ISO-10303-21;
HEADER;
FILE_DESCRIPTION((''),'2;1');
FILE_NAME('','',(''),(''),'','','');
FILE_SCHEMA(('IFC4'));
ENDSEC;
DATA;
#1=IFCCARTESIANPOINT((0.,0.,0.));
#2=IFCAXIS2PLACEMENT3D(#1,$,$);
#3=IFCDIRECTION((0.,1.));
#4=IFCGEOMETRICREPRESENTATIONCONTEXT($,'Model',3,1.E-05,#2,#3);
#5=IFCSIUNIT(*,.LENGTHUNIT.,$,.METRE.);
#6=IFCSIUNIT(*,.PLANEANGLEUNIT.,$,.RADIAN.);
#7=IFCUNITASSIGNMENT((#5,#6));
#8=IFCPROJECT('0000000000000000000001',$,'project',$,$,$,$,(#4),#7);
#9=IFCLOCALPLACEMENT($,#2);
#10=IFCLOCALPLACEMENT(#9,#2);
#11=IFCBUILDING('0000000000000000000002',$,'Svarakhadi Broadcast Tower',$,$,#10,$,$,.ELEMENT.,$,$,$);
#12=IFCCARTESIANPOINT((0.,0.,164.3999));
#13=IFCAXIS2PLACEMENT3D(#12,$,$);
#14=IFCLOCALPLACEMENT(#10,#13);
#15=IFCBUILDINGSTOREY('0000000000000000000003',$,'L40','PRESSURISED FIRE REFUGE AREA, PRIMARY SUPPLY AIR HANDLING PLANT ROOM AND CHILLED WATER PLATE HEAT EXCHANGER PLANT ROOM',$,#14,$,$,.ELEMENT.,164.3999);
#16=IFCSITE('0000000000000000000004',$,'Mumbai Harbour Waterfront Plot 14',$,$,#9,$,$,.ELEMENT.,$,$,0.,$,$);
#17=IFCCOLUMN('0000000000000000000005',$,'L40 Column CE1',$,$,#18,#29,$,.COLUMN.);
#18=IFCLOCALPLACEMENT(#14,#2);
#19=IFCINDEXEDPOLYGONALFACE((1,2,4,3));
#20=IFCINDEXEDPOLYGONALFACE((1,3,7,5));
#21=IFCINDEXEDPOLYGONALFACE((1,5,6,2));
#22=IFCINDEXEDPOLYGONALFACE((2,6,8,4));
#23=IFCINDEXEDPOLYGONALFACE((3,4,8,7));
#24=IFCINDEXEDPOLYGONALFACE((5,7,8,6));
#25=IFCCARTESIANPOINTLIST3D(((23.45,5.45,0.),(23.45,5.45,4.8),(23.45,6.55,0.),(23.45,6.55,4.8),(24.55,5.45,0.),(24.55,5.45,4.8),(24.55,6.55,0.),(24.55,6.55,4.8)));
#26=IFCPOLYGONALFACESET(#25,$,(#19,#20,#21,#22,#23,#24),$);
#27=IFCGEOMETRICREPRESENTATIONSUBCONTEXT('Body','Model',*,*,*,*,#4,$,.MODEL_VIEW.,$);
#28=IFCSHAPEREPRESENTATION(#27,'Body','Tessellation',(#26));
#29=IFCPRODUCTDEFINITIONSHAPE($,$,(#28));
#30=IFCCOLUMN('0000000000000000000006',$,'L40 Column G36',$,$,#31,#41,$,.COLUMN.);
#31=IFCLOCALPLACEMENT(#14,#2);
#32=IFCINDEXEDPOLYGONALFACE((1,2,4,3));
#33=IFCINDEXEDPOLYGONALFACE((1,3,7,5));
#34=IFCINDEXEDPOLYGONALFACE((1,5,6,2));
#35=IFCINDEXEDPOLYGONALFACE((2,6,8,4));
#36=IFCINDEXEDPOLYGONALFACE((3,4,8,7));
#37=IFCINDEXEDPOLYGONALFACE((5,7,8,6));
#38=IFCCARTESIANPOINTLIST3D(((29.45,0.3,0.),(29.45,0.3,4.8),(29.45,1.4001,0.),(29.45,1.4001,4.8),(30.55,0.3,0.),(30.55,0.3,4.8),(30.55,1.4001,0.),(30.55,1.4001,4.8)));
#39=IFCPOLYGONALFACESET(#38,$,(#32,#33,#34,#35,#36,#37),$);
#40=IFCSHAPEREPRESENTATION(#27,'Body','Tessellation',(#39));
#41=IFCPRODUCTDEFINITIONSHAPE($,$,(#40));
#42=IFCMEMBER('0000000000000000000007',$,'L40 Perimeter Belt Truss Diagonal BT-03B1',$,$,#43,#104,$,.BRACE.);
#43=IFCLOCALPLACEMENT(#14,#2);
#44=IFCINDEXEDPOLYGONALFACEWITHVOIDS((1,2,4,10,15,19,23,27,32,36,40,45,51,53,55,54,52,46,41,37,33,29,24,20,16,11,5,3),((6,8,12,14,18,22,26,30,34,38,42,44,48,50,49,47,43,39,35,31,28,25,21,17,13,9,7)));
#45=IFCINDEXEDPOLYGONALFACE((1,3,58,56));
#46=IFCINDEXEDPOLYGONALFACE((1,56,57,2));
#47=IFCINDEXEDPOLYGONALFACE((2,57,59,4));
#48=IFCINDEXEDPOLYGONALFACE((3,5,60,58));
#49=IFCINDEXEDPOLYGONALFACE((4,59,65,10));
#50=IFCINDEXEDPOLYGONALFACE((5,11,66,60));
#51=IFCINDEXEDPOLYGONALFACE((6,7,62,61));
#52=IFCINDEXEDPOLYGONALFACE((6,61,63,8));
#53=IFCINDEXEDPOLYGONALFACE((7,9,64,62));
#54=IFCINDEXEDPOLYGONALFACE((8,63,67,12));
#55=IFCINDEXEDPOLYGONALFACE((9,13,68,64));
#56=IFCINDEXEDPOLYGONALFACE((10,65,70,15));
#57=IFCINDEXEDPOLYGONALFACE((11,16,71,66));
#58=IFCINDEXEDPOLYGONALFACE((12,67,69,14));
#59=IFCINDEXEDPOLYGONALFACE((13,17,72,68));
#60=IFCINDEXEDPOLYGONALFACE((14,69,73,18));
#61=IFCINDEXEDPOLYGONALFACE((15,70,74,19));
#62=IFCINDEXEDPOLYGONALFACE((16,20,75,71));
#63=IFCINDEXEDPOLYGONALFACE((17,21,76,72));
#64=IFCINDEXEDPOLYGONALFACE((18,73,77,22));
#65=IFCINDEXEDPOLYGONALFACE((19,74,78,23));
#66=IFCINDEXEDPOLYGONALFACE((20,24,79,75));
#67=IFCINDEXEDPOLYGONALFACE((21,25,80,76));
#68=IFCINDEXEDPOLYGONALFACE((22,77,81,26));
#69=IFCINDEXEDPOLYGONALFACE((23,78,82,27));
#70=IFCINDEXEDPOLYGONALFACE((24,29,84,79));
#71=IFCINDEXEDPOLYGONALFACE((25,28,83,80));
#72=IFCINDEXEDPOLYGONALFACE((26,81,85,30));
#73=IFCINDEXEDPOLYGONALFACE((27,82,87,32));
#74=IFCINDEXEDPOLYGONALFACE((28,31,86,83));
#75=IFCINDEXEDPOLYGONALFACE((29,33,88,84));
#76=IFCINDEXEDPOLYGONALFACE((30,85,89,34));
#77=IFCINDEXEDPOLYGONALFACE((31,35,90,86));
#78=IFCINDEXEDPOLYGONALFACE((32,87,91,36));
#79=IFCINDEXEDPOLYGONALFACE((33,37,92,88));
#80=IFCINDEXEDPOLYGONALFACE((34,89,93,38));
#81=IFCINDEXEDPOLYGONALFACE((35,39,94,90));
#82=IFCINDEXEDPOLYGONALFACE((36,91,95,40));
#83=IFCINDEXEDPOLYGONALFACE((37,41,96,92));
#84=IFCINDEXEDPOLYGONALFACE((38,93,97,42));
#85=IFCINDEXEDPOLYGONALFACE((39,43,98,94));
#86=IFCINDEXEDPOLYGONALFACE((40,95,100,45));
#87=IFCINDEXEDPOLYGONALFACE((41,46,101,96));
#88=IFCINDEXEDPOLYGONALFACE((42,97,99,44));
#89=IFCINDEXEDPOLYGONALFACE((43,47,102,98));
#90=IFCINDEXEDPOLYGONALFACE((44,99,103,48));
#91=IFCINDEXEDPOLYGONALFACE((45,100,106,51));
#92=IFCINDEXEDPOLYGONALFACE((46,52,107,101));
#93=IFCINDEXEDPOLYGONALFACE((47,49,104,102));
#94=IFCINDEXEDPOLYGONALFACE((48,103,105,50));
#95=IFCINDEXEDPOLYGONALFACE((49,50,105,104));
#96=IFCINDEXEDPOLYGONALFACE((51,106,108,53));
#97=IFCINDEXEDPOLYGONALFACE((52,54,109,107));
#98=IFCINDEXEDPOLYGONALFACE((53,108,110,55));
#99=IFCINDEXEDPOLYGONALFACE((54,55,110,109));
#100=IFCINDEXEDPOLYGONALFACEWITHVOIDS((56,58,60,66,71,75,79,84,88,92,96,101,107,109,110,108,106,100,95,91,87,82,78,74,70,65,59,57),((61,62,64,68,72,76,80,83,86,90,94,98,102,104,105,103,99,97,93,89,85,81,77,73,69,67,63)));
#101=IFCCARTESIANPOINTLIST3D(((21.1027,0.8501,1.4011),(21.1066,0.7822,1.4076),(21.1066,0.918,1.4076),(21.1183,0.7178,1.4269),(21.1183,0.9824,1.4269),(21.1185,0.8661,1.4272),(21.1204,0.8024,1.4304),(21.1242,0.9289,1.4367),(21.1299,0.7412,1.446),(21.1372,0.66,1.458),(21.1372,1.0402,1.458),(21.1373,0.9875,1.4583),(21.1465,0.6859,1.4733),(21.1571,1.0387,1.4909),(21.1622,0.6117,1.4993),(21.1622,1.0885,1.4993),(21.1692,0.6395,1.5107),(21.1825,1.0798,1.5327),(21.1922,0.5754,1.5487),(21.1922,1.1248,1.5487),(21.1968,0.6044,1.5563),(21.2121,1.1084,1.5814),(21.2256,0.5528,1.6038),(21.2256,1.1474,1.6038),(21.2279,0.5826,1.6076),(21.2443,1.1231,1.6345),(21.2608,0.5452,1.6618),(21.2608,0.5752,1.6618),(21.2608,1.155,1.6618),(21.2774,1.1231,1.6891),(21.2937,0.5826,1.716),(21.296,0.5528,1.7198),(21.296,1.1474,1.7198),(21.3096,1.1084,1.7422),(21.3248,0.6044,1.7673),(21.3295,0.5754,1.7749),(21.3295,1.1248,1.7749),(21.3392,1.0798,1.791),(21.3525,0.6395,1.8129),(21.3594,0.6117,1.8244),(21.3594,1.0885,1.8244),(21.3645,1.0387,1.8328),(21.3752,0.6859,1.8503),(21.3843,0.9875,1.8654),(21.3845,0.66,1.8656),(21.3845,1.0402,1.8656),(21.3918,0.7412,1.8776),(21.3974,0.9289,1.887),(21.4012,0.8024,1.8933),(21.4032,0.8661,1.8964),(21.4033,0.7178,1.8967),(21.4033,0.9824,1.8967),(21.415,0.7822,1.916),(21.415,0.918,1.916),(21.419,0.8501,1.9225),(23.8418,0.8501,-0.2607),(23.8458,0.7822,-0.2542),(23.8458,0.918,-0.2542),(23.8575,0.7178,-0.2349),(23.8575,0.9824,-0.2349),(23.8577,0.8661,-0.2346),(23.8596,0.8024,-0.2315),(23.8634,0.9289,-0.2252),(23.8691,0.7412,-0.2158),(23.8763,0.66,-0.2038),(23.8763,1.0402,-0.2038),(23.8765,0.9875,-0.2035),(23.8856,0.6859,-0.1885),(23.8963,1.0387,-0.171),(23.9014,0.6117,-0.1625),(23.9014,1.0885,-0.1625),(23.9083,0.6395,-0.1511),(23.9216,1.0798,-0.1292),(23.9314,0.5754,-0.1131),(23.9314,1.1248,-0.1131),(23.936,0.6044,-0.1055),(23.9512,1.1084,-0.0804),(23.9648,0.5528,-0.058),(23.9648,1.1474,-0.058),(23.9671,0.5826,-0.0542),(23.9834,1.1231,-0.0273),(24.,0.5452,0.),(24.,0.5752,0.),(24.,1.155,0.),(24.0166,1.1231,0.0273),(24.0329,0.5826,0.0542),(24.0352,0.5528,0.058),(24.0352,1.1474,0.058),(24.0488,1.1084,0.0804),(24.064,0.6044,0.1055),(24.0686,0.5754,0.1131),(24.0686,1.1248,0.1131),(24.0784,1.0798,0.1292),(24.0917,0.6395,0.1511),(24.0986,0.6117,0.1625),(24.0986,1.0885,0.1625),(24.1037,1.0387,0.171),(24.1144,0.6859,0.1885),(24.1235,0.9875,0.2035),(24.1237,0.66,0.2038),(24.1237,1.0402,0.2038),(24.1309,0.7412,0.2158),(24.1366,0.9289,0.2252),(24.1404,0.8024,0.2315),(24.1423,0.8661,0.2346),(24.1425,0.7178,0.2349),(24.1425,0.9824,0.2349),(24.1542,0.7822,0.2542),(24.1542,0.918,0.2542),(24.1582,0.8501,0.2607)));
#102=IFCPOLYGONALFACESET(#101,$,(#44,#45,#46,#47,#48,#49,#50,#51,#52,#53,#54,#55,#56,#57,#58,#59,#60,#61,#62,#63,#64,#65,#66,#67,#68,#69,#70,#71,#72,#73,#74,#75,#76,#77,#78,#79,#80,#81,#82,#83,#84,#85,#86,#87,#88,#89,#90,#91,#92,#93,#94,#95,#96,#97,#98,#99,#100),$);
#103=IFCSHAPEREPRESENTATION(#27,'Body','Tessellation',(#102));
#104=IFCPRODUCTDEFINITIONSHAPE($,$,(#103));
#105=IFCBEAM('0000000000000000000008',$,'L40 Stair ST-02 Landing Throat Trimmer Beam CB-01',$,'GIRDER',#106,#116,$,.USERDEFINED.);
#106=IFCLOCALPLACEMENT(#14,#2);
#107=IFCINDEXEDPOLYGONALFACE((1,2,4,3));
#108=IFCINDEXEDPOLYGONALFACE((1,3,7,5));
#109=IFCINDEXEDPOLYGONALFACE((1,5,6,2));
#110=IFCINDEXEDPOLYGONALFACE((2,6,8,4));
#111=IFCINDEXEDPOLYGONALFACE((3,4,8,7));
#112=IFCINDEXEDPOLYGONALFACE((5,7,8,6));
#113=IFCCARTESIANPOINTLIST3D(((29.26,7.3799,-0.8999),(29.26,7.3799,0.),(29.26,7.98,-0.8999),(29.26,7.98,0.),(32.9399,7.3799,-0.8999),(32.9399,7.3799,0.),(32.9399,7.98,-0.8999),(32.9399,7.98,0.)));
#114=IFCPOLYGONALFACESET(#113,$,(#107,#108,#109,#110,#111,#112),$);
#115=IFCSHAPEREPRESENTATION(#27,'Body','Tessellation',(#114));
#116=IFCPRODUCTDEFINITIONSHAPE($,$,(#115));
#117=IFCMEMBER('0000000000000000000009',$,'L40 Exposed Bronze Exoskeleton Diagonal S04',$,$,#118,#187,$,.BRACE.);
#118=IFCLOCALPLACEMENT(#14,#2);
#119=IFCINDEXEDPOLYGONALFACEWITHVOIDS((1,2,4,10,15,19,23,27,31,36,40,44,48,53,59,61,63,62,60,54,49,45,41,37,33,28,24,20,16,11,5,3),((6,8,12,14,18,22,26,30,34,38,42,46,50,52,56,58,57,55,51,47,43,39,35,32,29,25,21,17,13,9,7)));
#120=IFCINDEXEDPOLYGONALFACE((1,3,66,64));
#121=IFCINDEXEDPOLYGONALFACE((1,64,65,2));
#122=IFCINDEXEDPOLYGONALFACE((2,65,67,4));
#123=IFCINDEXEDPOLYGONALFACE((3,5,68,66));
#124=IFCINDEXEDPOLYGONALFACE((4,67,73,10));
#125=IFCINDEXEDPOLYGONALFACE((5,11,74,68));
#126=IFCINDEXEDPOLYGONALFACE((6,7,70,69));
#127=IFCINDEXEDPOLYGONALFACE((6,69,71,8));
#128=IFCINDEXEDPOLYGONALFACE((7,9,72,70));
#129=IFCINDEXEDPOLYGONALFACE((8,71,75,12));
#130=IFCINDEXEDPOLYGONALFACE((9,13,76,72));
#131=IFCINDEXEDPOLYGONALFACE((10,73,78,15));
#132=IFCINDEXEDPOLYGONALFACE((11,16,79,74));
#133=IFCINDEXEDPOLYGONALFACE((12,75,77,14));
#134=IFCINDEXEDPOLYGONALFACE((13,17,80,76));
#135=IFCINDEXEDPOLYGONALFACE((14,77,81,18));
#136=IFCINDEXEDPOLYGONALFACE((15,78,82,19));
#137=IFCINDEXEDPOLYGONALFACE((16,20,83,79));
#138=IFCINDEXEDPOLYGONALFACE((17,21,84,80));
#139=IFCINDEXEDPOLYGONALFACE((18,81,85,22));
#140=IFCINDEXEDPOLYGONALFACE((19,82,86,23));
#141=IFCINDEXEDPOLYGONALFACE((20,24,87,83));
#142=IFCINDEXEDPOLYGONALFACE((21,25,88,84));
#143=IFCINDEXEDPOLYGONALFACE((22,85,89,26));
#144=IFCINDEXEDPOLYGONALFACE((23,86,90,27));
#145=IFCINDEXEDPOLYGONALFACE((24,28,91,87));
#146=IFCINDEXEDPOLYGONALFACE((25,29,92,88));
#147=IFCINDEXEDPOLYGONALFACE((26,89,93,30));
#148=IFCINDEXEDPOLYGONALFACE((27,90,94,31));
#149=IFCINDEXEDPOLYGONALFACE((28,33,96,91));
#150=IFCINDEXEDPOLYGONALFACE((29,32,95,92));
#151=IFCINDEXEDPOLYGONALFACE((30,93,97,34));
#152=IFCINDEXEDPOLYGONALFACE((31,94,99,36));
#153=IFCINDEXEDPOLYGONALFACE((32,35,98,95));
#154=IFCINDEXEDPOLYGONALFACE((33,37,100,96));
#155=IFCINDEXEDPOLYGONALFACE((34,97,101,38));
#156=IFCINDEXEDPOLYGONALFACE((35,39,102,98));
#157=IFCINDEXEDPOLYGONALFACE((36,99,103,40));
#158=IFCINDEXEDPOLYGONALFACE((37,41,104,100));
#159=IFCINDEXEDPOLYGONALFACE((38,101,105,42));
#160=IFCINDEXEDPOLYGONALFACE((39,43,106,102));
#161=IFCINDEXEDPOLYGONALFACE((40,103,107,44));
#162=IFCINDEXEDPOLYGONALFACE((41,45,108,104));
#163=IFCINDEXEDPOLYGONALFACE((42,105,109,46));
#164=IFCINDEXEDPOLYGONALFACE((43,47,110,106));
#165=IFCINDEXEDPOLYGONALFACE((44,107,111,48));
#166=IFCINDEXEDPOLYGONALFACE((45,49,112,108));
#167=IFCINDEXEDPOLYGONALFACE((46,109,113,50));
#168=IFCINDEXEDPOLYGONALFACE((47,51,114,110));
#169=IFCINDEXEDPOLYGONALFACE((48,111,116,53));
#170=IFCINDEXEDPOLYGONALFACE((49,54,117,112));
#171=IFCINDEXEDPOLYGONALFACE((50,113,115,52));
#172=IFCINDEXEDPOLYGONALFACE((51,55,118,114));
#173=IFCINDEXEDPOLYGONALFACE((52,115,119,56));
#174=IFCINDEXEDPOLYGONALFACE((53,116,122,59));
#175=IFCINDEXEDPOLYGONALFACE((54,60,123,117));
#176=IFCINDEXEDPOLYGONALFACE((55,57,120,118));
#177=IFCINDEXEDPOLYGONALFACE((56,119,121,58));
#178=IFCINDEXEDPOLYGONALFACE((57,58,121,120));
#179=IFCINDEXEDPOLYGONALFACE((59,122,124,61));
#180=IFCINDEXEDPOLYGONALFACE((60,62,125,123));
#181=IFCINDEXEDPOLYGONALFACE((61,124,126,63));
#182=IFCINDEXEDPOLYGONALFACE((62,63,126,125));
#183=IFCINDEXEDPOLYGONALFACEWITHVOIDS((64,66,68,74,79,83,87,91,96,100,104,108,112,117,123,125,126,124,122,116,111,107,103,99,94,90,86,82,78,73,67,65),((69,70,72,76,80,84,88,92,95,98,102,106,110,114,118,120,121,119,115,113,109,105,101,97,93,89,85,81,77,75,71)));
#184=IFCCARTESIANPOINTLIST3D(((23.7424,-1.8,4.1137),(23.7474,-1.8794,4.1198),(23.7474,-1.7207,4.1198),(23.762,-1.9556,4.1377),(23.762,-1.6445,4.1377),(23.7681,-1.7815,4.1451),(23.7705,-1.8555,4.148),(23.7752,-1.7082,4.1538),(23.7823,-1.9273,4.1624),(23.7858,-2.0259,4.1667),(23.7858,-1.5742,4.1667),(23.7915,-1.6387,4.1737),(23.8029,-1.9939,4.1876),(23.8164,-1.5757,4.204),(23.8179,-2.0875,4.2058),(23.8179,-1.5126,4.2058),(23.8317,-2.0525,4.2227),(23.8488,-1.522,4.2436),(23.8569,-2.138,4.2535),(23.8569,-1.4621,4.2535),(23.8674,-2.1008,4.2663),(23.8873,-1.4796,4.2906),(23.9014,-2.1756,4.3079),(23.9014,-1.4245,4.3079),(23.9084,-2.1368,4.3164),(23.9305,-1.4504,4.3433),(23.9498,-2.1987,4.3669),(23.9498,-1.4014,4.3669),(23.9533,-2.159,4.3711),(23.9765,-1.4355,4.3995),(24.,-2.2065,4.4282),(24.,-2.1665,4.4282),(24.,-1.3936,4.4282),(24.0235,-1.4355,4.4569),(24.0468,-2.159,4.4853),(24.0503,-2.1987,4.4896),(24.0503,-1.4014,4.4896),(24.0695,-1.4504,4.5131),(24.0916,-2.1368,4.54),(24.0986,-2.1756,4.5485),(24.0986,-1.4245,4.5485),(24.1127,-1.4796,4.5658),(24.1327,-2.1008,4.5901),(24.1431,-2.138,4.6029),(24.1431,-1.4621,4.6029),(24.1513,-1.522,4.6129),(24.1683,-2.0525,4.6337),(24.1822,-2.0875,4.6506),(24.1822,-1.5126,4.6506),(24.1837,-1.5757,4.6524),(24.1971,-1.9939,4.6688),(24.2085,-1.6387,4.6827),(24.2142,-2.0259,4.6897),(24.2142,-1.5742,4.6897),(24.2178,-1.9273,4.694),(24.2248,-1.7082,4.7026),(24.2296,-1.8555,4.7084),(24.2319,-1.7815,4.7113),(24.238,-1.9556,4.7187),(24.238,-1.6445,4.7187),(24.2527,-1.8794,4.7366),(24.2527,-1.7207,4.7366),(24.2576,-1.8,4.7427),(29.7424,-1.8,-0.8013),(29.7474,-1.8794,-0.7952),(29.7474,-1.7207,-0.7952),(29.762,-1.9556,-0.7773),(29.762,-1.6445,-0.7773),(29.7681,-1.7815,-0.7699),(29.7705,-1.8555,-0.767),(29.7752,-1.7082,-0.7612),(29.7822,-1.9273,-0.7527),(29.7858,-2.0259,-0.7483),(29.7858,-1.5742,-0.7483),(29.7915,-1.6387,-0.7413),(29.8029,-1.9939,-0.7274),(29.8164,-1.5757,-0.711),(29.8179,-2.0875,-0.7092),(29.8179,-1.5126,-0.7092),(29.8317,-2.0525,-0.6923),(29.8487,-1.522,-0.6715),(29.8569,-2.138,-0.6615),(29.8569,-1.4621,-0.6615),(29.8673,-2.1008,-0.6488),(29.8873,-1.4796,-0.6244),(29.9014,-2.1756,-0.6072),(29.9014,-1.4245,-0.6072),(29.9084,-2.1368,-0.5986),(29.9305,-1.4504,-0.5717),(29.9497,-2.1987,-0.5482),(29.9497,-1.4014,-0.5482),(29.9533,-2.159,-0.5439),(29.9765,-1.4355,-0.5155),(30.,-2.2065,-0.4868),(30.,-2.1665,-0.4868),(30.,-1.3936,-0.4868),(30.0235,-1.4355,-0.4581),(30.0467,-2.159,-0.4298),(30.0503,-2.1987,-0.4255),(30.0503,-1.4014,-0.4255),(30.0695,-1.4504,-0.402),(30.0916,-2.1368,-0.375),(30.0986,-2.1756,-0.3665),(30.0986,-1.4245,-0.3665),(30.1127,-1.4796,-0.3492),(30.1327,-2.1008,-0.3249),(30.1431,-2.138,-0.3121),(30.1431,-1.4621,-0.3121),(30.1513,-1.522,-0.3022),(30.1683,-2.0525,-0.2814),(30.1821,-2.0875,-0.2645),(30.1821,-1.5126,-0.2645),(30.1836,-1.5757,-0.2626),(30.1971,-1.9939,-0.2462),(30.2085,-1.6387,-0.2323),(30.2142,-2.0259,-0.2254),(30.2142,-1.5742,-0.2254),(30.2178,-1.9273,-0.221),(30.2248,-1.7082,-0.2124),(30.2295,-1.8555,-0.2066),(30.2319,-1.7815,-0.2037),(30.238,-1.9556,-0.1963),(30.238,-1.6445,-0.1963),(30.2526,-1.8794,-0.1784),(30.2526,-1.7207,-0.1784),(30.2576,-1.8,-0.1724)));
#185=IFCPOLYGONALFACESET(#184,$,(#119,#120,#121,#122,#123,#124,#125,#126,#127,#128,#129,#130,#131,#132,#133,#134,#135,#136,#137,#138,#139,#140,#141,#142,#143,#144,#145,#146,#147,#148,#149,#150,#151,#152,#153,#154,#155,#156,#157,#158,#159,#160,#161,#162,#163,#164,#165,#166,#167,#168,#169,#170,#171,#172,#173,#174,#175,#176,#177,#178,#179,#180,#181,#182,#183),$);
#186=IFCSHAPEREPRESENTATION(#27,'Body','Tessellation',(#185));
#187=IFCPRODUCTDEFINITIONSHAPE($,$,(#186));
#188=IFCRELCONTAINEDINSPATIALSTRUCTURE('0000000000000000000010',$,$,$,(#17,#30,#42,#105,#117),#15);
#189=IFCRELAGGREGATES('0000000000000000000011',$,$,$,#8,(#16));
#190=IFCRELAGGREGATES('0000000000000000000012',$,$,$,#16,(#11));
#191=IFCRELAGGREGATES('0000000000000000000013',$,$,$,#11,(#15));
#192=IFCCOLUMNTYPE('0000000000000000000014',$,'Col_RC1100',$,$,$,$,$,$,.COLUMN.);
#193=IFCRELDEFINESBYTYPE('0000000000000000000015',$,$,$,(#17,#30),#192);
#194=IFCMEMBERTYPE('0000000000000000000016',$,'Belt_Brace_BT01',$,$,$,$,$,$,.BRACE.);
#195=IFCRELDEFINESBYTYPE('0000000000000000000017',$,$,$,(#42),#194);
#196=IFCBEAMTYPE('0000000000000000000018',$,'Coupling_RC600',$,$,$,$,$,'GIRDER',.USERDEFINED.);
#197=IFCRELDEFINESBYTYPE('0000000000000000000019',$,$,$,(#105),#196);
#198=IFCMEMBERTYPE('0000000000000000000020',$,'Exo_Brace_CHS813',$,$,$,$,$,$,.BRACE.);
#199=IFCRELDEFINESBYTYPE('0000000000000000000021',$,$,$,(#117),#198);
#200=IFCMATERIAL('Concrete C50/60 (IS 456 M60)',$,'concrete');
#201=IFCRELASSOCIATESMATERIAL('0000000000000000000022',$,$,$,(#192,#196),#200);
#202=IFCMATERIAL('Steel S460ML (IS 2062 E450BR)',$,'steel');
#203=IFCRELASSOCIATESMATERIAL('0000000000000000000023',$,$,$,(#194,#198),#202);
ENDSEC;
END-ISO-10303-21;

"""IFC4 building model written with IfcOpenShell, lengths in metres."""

from ifc_helpers import new_model, si_unit, direction, frame, origin, origin_2d, place, context, subcontext, project, spatial, rectangle, hollow_circle, extrude, material, material_profile, profile_set, type_object, element, save


model = new_model("IFC4")

# Units and contexts
model_context = context("Model", 3, precision=1e-05, world=origin(), true_north=direction((0.0, 1.0)))
body_context = subcontext(model_context, "Body", "Model", "MODEL_VIEW")
ifc_project = project(units=[si_unit("LENGTHUNIT", "METRE"), si_unit("PLANEANGLEUNIT", "RADIAN")], contexts=[model_context])

# Site, building, storey
site_placement = place(None, origin())
site = spatial("IfcSite", under=ifc_project, at=site_placement, Name="Mumbai Harbour Waterfront Plot 14", CompositionType="ELEMENT", RefElevation=0.0)
building_placement = place(site_placement, origin())
building = spatial("IfcBuilding", under=site, at=building_placement, Name="Svarakhadi Broadcast Tower", CompositionType="ELEMENT")
storey_placement = place(building_placement, frame((0.0, 0.0, 164.3999)))
storey = spatial("IfcBuildingStorey", under=building, at=storey_placement, Name="L40", Description="PRESSURISED FIRE REFUGE AREA, PRIMARY SUPPLY AIR HANDLING PLANT ROOM AND CHILLED WATER PLATE HEAT EXCHANGER PLANT ROOM", CompositionType="ELEMENT", Elevation=164.3999)

# Columns
ifc_material_1 = material(Name="Concrete C50/60 (IS 456 M60)", Category="concrete")
ifc_material_profile_1 = material_profile(ifc_material_1, rectangle(XDim=1.1001, YDim=1.1001, at=origin_2d()), Name="RC 1100x1100")
ifc_profile_set_1 = profile_set([ifc_material_profile_1], Name="Concrete C50/60 (IS 456 M60)")
column_type = type_object("IfcColumnType", Name="Col_RC1100", PredefinedType="COLUMN", material=ifc_profile_set_1)
for number, where, z_axis, x_axis, name in (
    (1, (24.0, 6.0, 0.0), (0.0, 0.0, 1.0), (1.0, 0.0, 0.0), "L40 Column CE1"),
    (2, (30.0, 0.8501, 0.0), (0.0, 0.0, 1.0), (1.0, 0.0, 0.0), "L40 Column G36"),
):
    element("IfcColumn", number, at=place(storey_placement, frame(where, z_axis=z_axis, x_axis=x_axis)), inside=storey, type_object=column_type, Name=name, PredefinedType="COLUMN", context=body_context, shape_type="SweptSolid", body=[
        extrude(rectangle(XDim=1.1001, YDim=1.1001, at=origin_2d()), origin(), (0.0, 0.0, 1.0), 4.8),
    ])

# Member
ifc_material_2 = material(Name="Steel S460ML (IS 2062 E450BR)", Category="steel")
ifc_material_profile_2 = material_profile(ifc_material_2, hollow_circle(Radius=0.3049, WallThickness=0.03, at=origin_2d()), Name="CHS 610x30")
ifc_profile_set_2 = profile_set([ifc_material_profile_2], Name="Steel S460ML (IS 2062 E450BR)")
member_type_1 = type_object("IfcMemberType", Name="Belt_Brace_BT01", PredefinedType="BRACE", material=ifc_profile_set_2)
member_1_placement = place(storey_placement, frame((24.0, 0.8501, 0.0), z_axis=(-0.854961, 0.0, 0.518692), x_axis=(0.0, -1.0, 0.0)))
element("IfcMember", 3, at=member_1_placement, inside=storey, type_object=member_type_1, Name="L40 Perimeter Belt Truss Diagonal BT-03B1", PredefinedType="BRACE", context=body_context, shape_type="SweptSolid", body=[
    extrude(hollow_circle(Radius=0.3049, WallThickness=0.03, at=origin_2d()), origin(), (0.0, 0.0, 1.0), 3.2039),
])

# Beam
ifc_material_profile_3 = material_profile(ifc_material_1, rectangle(XDim=0.6001, YDim=0.8999, at=origin_2d()), Name="RC 600x900")
ifc_profile_set_3 = profile_set([ifc_material_profile_3], Name="Concrete C50/60 (IS 456 M60)")
beam_type_1 = type_object("IfcBeamType", Name="Coupling_RC600", ElementType="GIRDER", PredefinedType="USERDEFINED", material=ifc_profile_set_3)
beam_1_placement = place(storey_placement, frame((29.26, 7.6799, -0.45), z_axis=(1.0, 0.0, 0.0), x_axis=(0.0, 1.0, 0.0)))
element("IfcBeam", 4, at=beam_1_placement, inside=storey, type_object=beam_type_1, Name="L40 Stair ST-02 Landing Throat Trimmer Beam CB-01", ObjectType="GIRDER", PredefinedType="USERDEFINED", context=body_context, shape_type="SweptSolid", body=[
    extrude(rectangle(XDim=0.6001, YDim=0.8999, at=origin_2d()), origin(), (0.0, 0.0, 1.0), 3.6799),
])

# Member
ifc_material_profile_4 = material_profile(ifc_material_2, hollow_circle(Radius=0.4065, WallThickness=0.04, at=origin_2d()), Name="CHS 813x40")
ifc_profile_set_4 = profile_set([ifc_material_profile_4], Name="Steel S460ML (IS 2062 E450BR)")
member_type_2 = type_object("IfcMemberType", Name="Exo_Brace_CHS813", PredefinedType="BRACE", material=ifc_profile_set_4)
member_2_placement = place(storey_placement, frame((30.0, -1.8, -0.4868), z_axis=(-0.773581, 0.0, 0.633697), x_axis=(0.0, -1.0, 0.0)))
element("IfcMember", 5, at=member_2_placement, inside=storey, type_object=member_type_2, Name="L40 Exposed Bronze Exoskeleton Diagonal S04", PredefinedType="BRACE", context=body_context, shape_type="SweptSolid", body=[
    extrude(hollow_circle(Radius=0.4065, WallThickness=0.04, at=origin_2d()), origin(), (0.0, 0.0, 1.0), 7.7561),
])

save(model, "model.ifc")
